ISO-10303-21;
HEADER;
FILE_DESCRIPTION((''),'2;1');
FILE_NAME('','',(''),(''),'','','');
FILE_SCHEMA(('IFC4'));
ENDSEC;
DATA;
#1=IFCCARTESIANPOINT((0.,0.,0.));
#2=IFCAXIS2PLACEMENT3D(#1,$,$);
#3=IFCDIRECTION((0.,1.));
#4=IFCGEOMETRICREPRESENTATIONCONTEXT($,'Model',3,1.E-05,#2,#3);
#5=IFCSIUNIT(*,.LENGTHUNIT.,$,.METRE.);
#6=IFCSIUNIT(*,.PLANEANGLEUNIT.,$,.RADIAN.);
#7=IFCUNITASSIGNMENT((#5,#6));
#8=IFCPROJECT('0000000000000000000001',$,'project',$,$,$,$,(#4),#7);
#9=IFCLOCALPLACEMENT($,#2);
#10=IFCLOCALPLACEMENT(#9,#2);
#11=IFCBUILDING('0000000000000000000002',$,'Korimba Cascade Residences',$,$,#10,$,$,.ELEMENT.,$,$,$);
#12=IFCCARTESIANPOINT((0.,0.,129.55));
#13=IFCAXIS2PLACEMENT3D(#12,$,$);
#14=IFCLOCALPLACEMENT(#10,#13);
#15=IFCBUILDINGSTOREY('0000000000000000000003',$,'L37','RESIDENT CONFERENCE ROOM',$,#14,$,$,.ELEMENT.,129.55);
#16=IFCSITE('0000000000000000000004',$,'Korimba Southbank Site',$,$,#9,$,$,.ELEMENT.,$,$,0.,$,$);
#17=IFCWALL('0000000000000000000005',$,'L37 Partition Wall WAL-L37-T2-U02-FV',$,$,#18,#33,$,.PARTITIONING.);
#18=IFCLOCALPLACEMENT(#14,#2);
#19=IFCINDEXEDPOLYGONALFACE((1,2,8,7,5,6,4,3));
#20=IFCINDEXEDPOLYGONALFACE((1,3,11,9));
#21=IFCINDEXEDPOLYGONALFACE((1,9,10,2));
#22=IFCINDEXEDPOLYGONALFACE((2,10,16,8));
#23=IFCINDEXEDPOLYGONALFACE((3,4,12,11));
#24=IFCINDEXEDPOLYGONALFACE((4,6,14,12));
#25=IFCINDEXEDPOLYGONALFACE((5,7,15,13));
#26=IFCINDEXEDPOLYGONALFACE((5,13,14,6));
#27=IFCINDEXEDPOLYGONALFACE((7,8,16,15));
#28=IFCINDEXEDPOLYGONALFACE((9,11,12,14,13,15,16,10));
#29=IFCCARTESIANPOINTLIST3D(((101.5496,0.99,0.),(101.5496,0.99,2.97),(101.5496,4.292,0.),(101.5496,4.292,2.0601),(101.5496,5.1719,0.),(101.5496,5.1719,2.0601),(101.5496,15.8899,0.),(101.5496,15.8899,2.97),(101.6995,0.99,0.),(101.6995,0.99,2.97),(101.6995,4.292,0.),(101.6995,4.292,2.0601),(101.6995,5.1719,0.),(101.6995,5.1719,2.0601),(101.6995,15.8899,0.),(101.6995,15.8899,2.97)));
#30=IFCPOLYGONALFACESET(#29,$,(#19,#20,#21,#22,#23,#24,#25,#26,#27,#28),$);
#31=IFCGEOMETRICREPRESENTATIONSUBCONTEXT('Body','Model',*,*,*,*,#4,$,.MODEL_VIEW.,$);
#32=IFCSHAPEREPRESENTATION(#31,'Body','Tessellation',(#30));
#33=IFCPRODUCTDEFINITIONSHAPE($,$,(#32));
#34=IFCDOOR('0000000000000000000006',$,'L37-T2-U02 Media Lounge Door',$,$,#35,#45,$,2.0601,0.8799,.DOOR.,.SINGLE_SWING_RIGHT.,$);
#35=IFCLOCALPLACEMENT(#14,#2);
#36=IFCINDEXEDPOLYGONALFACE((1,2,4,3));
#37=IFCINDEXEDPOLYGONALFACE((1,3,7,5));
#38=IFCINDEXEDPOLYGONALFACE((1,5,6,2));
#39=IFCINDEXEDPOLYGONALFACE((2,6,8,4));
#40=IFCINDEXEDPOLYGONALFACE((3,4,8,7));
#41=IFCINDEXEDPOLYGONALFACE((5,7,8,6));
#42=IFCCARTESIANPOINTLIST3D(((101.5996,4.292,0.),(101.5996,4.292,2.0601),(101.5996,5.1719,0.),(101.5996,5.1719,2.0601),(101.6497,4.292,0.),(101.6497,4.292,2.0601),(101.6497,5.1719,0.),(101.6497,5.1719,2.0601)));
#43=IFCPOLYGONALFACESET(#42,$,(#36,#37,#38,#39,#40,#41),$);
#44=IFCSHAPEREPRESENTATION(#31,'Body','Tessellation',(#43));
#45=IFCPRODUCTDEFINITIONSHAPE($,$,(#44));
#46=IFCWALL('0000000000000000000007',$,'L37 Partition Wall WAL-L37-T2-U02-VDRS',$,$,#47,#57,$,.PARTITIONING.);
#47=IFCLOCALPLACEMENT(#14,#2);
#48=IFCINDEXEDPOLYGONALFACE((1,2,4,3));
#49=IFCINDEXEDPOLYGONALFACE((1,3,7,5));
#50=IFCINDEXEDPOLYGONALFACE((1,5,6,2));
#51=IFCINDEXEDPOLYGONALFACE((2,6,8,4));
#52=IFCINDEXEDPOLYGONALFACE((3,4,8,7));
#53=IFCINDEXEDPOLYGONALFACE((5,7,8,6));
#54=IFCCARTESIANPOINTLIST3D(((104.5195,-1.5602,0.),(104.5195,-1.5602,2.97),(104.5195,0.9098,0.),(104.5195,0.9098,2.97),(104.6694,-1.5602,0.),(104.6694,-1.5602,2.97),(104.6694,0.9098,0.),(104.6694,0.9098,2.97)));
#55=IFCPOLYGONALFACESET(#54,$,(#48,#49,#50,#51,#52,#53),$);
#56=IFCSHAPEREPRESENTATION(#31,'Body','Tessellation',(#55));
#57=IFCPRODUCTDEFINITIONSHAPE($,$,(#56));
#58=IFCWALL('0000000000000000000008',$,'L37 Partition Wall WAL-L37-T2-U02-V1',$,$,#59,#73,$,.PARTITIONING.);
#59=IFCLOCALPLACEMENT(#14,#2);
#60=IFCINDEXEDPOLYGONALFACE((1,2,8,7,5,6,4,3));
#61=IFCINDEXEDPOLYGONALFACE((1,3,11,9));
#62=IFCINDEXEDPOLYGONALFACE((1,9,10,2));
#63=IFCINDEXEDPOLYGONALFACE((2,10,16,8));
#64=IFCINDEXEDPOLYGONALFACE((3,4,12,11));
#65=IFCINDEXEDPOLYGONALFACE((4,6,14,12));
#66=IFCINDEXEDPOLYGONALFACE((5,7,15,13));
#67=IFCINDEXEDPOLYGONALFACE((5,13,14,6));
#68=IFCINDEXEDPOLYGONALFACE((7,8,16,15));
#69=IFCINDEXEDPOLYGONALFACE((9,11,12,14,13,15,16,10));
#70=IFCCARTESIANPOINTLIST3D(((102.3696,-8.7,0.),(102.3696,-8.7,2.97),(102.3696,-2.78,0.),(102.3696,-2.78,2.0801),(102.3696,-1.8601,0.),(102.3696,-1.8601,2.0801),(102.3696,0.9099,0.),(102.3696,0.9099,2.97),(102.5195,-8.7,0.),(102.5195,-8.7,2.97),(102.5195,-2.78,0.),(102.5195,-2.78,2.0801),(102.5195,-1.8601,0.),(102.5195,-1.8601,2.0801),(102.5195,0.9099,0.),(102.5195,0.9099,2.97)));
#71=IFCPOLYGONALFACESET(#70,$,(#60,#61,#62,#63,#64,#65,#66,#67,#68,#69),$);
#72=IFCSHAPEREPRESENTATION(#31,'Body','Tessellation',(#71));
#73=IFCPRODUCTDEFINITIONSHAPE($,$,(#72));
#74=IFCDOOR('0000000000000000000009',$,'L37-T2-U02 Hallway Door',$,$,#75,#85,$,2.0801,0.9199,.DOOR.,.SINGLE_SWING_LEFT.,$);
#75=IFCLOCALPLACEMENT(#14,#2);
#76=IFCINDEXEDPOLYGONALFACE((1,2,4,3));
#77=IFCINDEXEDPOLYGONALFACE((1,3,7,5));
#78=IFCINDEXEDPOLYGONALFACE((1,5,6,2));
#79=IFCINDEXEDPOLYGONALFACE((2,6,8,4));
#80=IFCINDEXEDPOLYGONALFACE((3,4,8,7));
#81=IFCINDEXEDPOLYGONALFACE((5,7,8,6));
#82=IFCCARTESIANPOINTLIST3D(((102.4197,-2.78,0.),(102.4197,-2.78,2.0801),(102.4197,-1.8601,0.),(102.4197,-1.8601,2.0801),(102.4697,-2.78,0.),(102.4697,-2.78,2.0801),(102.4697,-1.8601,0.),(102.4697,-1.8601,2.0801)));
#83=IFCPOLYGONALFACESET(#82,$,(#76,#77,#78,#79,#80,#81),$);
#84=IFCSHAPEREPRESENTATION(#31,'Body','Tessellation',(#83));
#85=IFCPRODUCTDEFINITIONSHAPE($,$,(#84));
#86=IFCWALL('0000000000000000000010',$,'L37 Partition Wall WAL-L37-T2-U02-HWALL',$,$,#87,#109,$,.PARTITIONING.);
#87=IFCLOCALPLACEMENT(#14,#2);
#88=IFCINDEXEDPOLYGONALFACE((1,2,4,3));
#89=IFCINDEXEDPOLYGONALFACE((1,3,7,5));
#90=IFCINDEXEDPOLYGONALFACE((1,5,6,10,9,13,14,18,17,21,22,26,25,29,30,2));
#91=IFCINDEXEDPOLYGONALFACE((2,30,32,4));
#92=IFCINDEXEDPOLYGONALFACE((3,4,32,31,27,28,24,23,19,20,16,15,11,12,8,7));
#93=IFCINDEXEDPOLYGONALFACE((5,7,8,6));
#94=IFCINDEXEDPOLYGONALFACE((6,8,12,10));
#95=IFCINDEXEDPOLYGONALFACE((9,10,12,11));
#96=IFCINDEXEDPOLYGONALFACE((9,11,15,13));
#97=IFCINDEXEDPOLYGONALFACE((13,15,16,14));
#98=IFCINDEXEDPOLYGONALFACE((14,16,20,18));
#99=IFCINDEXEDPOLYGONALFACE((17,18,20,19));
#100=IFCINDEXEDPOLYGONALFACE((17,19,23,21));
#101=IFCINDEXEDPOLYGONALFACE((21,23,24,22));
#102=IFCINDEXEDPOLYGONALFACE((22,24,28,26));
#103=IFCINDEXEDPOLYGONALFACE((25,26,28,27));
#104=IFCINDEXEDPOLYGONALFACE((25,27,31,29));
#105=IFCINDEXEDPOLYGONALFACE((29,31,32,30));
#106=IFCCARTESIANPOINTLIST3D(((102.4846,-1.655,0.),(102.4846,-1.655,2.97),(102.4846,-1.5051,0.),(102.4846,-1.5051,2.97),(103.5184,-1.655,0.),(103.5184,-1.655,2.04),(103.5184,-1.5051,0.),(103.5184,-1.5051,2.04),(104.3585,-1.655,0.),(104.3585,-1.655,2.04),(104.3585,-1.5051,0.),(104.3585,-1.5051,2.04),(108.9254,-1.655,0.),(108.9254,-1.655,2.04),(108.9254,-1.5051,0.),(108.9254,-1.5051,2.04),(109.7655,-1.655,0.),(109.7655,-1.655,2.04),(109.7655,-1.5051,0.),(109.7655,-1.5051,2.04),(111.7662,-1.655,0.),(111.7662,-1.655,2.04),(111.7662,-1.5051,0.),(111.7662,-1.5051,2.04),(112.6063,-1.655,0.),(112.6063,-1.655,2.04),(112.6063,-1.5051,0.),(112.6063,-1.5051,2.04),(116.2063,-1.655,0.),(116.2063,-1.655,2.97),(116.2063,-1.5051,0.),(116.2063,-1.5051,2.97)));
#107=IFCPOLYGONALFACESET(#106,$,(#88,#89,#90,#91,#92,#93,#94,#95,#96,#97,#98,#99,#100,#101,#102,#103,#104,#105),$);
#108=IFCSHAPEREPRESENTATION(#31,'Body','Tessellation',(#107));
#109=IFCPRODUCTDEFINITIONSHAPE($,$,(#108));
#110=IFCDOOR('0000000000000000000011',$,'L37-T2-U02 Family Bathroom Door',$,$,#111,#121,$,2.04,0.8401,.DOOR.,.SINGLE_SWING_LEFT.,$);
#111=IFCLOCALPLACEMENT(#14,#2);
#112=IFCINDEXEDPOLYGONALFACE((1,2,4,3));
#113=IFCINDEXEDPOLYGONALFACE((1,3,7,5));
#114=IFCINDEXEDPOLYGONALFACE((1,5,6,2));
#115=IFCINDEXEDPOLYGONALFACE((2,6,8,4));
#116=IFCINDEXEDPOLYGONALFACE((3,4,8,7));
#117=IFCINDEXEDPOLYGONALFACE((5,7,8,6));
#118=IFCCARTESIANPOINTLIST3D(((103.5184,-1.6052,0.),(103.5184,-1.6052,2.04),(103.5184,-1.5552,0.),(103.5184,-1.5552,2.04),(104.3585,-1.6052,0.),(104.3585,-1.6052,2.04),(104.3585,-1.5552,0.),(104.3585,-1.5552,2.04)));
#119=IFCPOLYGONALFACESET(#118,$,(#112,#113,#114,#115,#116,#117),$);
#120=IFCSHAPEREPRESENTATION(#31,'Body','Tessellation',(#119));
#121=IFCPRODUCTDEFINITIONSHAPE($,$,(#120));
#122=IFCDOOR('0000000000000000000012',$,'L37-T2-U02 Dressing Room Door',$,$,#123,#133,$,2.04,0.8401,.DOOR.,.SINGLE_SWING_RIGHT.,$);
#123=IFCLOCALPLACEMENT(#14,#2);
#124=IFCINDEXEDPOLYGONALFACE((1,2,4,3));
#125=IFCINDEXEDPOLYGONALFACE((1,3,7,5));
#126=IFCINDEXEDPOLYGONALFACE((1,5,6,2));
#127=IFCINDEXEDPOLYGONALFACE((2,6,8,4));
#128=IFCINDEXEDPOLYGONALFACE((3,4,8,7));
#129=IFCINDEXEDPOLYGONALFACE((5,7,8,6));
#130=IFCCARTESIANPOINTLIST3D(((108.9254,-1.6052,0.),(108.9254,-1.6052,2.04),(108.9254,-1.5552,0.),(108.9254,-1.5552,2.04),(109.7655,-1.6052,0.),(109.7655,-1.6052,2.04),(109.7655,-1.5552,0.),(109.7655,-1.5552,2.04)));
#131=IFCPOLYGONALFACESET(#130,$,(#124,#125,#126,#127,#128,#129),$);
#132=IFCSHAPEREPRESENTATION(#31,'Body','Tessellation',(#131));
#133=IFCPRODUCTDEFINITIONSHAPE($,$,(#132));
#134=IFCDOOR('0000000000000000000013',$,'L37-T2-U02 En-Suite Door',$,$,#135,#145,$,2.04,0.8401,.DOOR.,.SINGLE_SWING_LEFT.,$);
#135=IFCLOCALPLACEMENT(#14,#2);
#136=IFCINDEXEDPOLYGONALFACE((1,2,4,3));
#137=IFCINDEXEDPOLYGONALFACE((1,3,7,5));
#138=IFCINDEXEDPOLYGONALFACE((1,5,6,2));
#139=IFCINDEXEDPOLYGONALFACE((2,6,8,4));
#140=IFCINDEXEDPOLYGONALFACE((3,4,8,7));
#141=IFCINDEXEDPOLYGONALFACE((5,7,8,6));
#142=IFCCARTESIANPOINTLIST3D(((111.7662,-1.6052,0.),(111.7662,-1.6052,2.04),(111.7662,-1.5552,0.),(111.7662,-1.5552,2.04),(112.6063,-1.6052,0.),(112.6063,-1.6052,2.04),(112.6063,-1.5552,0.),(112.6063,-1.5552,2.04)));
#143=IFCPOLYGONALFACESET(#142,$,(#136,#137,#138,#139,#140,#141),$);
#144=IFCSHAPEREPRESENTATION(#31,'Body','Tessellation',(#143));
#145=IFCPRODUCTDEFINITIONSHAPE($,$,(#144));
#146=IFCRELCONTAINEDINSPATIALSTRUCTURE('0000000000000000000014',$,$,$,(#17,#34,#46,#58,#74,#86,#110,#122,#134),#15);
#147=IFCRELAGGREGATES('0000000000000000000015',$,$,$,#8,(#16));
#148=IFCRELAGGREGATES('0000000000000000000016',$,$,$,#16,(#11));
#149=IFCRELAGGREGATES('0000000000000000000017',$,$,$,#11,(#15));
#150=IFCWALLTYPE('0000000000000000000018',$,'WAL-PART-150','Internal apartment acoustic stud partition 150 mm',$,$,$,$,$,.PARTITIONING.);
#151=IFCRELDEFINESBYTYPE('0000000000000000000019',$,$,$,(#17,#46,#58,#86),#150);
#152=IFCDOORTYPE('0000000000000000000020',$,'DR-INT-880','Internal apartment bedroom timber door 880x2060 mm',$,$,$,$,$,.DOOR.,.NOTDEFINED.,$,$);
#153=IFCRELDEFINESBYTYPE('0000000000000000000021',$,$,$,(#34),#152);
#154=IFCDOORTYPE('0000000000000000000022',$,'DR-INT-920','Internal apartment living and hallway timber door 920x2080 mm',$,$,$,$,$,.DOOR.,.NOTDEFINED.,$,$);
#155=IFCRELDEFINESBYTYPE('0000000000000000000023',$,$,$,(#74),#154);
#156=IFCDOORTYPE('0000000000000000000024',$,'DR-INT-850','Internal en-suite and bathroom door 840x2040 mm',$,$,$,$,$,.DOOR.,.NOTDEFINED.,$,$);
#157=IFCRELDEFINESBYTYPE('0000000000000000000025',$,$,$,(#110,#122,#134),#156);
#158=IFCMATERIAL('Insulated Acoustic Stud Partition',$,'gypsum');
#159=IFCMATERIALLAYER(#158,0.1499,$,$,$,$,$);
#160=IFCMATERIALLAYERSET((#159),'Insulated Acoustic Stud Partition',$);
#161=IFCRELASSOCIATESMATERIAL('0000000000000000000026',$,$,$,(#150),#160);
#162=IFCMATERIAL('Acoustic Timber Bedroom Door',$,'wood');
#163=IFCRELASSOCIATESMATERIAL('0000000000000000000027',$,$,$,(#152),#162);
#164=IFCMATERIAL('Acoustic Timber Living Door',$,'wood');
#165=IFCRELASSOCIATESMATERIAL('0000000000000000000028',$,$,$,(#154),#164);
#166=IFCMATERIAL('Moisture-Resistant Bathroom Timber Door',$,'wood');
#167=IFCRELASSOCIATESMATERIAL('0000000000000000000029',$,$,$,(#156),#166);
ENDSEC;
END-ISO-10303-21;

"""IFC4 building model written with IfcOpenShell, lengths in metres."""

from ifc_helpers import new_model, si_unit, direction, frame, frame_2d, origin, place, context, subcontext, project, spatial, rectangle, extrude, material, layer, layer_set, type_object, element, fill, save


model = new_model("IFC4")

# Units and contexts
model_context = context("Model", 3, precision=1e-05, world=origin(), true_north=direction((0.0, 1.0)))
body_context = subcontext(model_context, "Body", "Model", "MODEL_VIEW")
ifc_project = project(units=[si_unit("LENGTHUNIT", "METRE"), si_unit("PLANEANGLEUNIT", "RADIAN")], contexts=[model_context])

# Site, building, storey
site_placement = place(None, origin())
site = spatial("IfcSite", under=ifc_project, at=site_placement, Name="Korimba Southbank Site", CompositionType="ELEMENT", RefElevation=0.0)
building_placement = place(site_placement, origin())
building = spatial("IfcBuilding", under=site, at=building_placement, Name="Korimba Cascade Residences", CompositionType="ELEMENT")
storey_placement = place(building_placement, frame((0.0, 0.0, 129.55)))
storey = spatial("IfcBuildingStorey", under=building, at=storey_placement, Name="L37", Description="RESIDENT CONFERENCE ROOM", CompositionType="ELEMENT", Elevation=129.55)

# Wall, opening, door
ifc_material_1 = material(Name="Insulated Acoustic Stud Partition", Category="gypsum")
ifc_layer = layer(ifc_material_1, 0.1499)
ifc_layer_set = layer_set([ifc_layer], Name="Insulated Acoustic Stud Partition")
wall_type = type_object("IfcWallType", Name="WAL-PART-150", Description="Internal apartment acoustic stud partition 150 mm", PredefinedType="PARTITIONING", material=ifc_layer_set)
wall_1_placement = place(storey_placement, frame((101.6245, 0.99, 0.0), z_axis=(0.0, 0.0, 1.0), x_axis=(0.0, 1.0, 0.0)))
wall_1 = element("IfcWall", 1, at=wall_1_placement, inside=storey, type_object=wall_type, Name="L37 Partition Wall WAL-L37-T2-U02-FV", PredefinedType="PARTITIONING", context=body_context, shape_type="SweptSolid", body=[
    extrude(rectangle(XDim=14.8999, YDim=0.1499, at=frame_2d((7.45, 0.0))), origin(), (0.0, 0.0, 1.0), 2.97),
])
opening_1_placement = place(wall_1_placement, frame((3.302, 0.0, 0.0)))
opening_1 = element("IfcOpeningElement", 2, at=opening_1_placement, cuts=wall_1, PredefinedType="OPENING", context=body_context, shape_type="SweptSolid", body=[
    extrude(rectangle(XDim=0.8799, YDim=2.0601, at=frame_2d((0.4399, 1.03))), frame((0.0, 0.085, 0.0), z_axis=(0.0, -1.0, 0.0), x_axis=(1.0, 0.0, 0.0)), (0.0, 0.0, 1.0), 0.1699),
])
ifc_material_2 = material(Name="Acoustic Timber Bedroom Door", Category="wood")
door_type_1 = type_object("IfcDoorType", Name="DR-INT-880", Description="Internal apartment bedroom timber door 880x2060 mm", OperationType="NOTDEFINED", PredefinedType="DOOR", material=ifc_material_2)
door_1_placement = place(opening_1_placement, origin())
door_1 = element("IfcDoor", 3, at=door_1_placement, inside=storey, type_object=door_type_1, Name="L37-T2-U02 Media Lounge Door", OperationType="SINGLE_SWING_RIGHT", OverallHeight=2.0601, OverallWidth=0.8799, PredefinedType="DOOR", context=body_context, shape_type="SweptSolid", body=[
    extrude(rectangle(XDim=0.8799, YDim=2.0601, at=frame_2d((0.4399, 1.03))), frame((0.0, 0.0249, 0.0), z_axis=(0.0, -1.0, 0.0), x_axis=(1.0, 0.0, 0.0)), (0.0, 0.0, 1.0), 0.05),
])
fill(opening_1, door_1)

# Wall
wall_2_placement = place(storey_placement, frame((104.5945, -1.5601, 0.0), z_axis=(0.0, 0.0, 1.0), x_axis=(0.0, 1.0, 0.0)))
element("IfcWall", 4, at=wall_2_placement, inside=storey, type_object=wall_type, Name="L37 Partition Wall WAL-L37-T2-U02-VDRS", PredefinedType="PARTITIONING", context=body_context, shape_type="SweptSolid", body=[
    extrude(rectangle(XDim=2.47, YDim=0.1499, at=frame_2d((1.2349, 0.0))), origin(), (0.0, 0.0, 1.0), 2.97),
])

# Wall, opening, door
wall_3_placement = place(storey_placement, frame((102.4446, -8.7, 0.0), z_axis=(0.0, 0.0, 1.0), x_axis=(0.0, 1.0, 0.0)))
wall_3 = element("IfcWall", 5, at=wall_3_placement, inside=storey, type_object=wall_type, Name="L37 Partition Wall WAL-L37-T2-U02-V1", PredefinedType="PARTITIONING", context=body_context, shape_type="SweptSolid", body=[
    extrude(rectangle(XDim=9.6099, YDim=0.1499, at=frame_2d((4.8049, 0.0))), origin(), (0.0, 0.0, 1.0), 2.97),
])
opening_2_placement = place(wall_3_placement, frame((5.9199, 0.0, 0.0)))
opening_2 = element("IfcOpeningElement", 6, at=opening_2_placement, cuts=wall_3, PredefinedType="OPENING", context=body_context, shape_type="SweptSolid", body=[
    extrude(rectangle(XDim=0.9199, YDim=2.0801, at=frame_2d((0.46, 1.04))), frame((0.0, 0.085, 0.0), z_axis=(0.0, -1.0, 0.0), x_axis=(1.0, 0.0, 0.0)), (0.0, 0.0, 1.0), 0.1699),
])
ifc_material_3 = material(Name="Acoustic Timber Living Door", Category="wood")
door_type_2 = type_object("IfcDoorType", Name="DR-INT-920", Description="Internal apartment living and hallway timber door 920x2080 mm", OperationType="NOTDEFINED", PredefinedType="DOOR", material=ifc_material_3)
door_2_placement = place(opening_2_placement, origin())
door_2 = element("IfcDoor", 7, at=door_2_placement, inside=storey, type_object=door_type_2, Name="L37-T2-U02 Hallway Door", OperationType="SINGLE_SWING_LEFT", OverallHeight=2.0801, OverallWidth=0.9199, PredefinedType="DOOR", context=body_context, shape_type="SweptSolid", body=[
    extrude(rectangle(XDim=0.9199, YDim=2.0801, at=frame_2d((0.46, 1.04))), frame((0.0, 0.0249, 0.0), z_axis=(0.0, -1.0, 0.0), x_axis=(1.0, 0.0, 0.0)), (0.0, 0.0, 1.0), 0.05),
])
fill(opening_2, door_2)

# Wall, openings, doors
wall_4_placement = place(storey_placement, frame((102.4846, -1.5801, 0.0), z_axis=(0.0, 0.0, 1.0), x_axis=(1.0, 0.0, 0.0)))
wall_4 = element("IfcWall", 8, at=wall_4_placement, inside=storey, type_object=wall_type, Name="L37 Partition Wall WAL-L37-T2-U02-HWALL", PredefinedType="PARTITIONING", context=body_context, shape_type="SweptSolid", body=[
    extrude(rectangle(XDim=13.7217, YDim=0.1499, at=frame_2d((6.8608, 0.0))), origin(), (0.0, 0.0, 1.0), 2.97),
])
opening_3_placement = place(wall_4_placement, frame((1.0339, 0.0, 0.0)))
opening_3 = element("IfcOpeningElement", 9, at=opening_3_placement, cuts=wall_4, PredefinedType="OPENING", context=body_context, shape_type="SweptSolid", body=[
    extrude(rectangle(XDim=0.8401, YDim=2.04, at=frame_2d((0.4199, 1.02))), frame((0.0, 0.085, 0.0), z_axis=(0.0, -1.0, 0.0), x_axis=(1.0, 0.0, 0.0)), (0.0, 0.0, 1.0), 0.1699),
])
opening_4_placement = place(wall_4_placement, frame((6.4409, 0.0, 0.0)))
opening_4 = element("IfcOpeningElement", 10, at=opening_4_placement, cuts=wall_4, PredefinedType="OPENING", context=body_context, shape_type="SweptSolid", body=[
    extrude(rectangle(XDim=0.8401, YDim=2.04, at=frame_2d((0.4199, 1.02))), frame((0.0, 0.085, 0.0), z_axis=(0.0, -1.0, 0.0), x_axis=(1.0, 0.0, 0.0)), (0.0, 0.0, 1.0), 0.1699),
])
opening_5_placement = place(wall_4_placement, frame((9.2817, 0.0, 0.0)))
opening_5 = element("IfcOpeningElement", 11, at=opening_5_placement, cuts=wall_4, PredefinedType="OPENING", context=body_context, shape_type="SweptSolid", body=[
    extrude(rectangle(XDim=0.8401, YDim=2.04, at=frame_2d((0.4199, 1.02))), frame((0.0, 0.085, 0.0), z_axis=(0.0, -1.0, 0.0), x_axis=(1.0, 0.0, 0.0)), (0.0, 0.0, 1.0), 0.1699),
])
ifc_material_4 = material(Name="Moisture-Resistant Bathroom Timber Door", Category="wood")
door_type_3 = type_object("IfcDoorType", Name="DR-INT-850", Description="Internal en-suite and bathroom door 840x2040 mm", OperationType="NOTDEFINED", PredefinedType="DOOR", material=ifc_material_4)
door_3_placement = place(opening_3_placement, origin())
door_3 = element("IfcDoor", 12, at=door_3_placement, inside=storey, type_object=door_type_3, Name="L37-T2-U02 Family Bathroom Door", OperationType="SINGLE_SWING_LEFT", OverallHeight=2.04, OverallWidth=0.8401, PredefinedType="DOOR", context=body_context, shape_type="SweptSolid", body=[
    extrude(rectangle(XDim=0.8401, YDim=2.04, at=frame_2d((0.4199, 1.02))), frame((0.0, 0.0249, 0.0), z_axis=(0.0, -1.0, 0.0), x_axis=(1.0, 0.0, 0.0)), (0.0, 0.0, 1.0), 0.05),
])
fill(opening_3, door_3)
door_4_placement = place(opening_4_placement, origin())
door_4 = element("IfcDoor", 13, at=door_4_placement, inside=storey, type_object=door_type_3, Name="L37-T2-U02 Dressing Room Door", OperationType="SINGLE_SWING_RIGHT", OverallHeight=2.04, OverallWidth=0.8401, PredefinedType="DOOR", context=body_context, shape_type="SweptSolid", body=[
    extrude(rectangle(XDim=0.8401, YDim=2.04, at=frame_2d((0.4199, 1.02))), frame((0.0, 0.0249, 0.0), z_axis=(0.0, -1.0, 0.0), x_axis=(1.0, 0.0, 0.0)), (0.0, 0.0, 1.0), 0.05),
])
fill(opening_4, door_4)
door_5_placement = place(opening_5_placement, origin())
door_5 = element("IfcDoor", 14, at=door_5_placement, inside=storey, type_object=door_type_3, Name="L37-T2-U02 En-Suite Door", OperationType="SINGLE_SWING_LEFT", OverallHeight=2.04, OverallWidth=0.8401, PredefinedType="DOOR", context=body_context, shape_type="SweptSolid", body=[
    extrude(rectangle(XDim=0.8401, YDim=2.04, at=frame_2d((0.4199, 1.02))), frame((0.0, 0.0249, 0.0), z_axis=(0.0, -1.0, 0.0), x_axis=(1.0, 0.0, 0.0)), (0.0, 0.0, 1.0), 0.05),
])
fill(opening_5, door_5)

save(model, "model.ifc")
